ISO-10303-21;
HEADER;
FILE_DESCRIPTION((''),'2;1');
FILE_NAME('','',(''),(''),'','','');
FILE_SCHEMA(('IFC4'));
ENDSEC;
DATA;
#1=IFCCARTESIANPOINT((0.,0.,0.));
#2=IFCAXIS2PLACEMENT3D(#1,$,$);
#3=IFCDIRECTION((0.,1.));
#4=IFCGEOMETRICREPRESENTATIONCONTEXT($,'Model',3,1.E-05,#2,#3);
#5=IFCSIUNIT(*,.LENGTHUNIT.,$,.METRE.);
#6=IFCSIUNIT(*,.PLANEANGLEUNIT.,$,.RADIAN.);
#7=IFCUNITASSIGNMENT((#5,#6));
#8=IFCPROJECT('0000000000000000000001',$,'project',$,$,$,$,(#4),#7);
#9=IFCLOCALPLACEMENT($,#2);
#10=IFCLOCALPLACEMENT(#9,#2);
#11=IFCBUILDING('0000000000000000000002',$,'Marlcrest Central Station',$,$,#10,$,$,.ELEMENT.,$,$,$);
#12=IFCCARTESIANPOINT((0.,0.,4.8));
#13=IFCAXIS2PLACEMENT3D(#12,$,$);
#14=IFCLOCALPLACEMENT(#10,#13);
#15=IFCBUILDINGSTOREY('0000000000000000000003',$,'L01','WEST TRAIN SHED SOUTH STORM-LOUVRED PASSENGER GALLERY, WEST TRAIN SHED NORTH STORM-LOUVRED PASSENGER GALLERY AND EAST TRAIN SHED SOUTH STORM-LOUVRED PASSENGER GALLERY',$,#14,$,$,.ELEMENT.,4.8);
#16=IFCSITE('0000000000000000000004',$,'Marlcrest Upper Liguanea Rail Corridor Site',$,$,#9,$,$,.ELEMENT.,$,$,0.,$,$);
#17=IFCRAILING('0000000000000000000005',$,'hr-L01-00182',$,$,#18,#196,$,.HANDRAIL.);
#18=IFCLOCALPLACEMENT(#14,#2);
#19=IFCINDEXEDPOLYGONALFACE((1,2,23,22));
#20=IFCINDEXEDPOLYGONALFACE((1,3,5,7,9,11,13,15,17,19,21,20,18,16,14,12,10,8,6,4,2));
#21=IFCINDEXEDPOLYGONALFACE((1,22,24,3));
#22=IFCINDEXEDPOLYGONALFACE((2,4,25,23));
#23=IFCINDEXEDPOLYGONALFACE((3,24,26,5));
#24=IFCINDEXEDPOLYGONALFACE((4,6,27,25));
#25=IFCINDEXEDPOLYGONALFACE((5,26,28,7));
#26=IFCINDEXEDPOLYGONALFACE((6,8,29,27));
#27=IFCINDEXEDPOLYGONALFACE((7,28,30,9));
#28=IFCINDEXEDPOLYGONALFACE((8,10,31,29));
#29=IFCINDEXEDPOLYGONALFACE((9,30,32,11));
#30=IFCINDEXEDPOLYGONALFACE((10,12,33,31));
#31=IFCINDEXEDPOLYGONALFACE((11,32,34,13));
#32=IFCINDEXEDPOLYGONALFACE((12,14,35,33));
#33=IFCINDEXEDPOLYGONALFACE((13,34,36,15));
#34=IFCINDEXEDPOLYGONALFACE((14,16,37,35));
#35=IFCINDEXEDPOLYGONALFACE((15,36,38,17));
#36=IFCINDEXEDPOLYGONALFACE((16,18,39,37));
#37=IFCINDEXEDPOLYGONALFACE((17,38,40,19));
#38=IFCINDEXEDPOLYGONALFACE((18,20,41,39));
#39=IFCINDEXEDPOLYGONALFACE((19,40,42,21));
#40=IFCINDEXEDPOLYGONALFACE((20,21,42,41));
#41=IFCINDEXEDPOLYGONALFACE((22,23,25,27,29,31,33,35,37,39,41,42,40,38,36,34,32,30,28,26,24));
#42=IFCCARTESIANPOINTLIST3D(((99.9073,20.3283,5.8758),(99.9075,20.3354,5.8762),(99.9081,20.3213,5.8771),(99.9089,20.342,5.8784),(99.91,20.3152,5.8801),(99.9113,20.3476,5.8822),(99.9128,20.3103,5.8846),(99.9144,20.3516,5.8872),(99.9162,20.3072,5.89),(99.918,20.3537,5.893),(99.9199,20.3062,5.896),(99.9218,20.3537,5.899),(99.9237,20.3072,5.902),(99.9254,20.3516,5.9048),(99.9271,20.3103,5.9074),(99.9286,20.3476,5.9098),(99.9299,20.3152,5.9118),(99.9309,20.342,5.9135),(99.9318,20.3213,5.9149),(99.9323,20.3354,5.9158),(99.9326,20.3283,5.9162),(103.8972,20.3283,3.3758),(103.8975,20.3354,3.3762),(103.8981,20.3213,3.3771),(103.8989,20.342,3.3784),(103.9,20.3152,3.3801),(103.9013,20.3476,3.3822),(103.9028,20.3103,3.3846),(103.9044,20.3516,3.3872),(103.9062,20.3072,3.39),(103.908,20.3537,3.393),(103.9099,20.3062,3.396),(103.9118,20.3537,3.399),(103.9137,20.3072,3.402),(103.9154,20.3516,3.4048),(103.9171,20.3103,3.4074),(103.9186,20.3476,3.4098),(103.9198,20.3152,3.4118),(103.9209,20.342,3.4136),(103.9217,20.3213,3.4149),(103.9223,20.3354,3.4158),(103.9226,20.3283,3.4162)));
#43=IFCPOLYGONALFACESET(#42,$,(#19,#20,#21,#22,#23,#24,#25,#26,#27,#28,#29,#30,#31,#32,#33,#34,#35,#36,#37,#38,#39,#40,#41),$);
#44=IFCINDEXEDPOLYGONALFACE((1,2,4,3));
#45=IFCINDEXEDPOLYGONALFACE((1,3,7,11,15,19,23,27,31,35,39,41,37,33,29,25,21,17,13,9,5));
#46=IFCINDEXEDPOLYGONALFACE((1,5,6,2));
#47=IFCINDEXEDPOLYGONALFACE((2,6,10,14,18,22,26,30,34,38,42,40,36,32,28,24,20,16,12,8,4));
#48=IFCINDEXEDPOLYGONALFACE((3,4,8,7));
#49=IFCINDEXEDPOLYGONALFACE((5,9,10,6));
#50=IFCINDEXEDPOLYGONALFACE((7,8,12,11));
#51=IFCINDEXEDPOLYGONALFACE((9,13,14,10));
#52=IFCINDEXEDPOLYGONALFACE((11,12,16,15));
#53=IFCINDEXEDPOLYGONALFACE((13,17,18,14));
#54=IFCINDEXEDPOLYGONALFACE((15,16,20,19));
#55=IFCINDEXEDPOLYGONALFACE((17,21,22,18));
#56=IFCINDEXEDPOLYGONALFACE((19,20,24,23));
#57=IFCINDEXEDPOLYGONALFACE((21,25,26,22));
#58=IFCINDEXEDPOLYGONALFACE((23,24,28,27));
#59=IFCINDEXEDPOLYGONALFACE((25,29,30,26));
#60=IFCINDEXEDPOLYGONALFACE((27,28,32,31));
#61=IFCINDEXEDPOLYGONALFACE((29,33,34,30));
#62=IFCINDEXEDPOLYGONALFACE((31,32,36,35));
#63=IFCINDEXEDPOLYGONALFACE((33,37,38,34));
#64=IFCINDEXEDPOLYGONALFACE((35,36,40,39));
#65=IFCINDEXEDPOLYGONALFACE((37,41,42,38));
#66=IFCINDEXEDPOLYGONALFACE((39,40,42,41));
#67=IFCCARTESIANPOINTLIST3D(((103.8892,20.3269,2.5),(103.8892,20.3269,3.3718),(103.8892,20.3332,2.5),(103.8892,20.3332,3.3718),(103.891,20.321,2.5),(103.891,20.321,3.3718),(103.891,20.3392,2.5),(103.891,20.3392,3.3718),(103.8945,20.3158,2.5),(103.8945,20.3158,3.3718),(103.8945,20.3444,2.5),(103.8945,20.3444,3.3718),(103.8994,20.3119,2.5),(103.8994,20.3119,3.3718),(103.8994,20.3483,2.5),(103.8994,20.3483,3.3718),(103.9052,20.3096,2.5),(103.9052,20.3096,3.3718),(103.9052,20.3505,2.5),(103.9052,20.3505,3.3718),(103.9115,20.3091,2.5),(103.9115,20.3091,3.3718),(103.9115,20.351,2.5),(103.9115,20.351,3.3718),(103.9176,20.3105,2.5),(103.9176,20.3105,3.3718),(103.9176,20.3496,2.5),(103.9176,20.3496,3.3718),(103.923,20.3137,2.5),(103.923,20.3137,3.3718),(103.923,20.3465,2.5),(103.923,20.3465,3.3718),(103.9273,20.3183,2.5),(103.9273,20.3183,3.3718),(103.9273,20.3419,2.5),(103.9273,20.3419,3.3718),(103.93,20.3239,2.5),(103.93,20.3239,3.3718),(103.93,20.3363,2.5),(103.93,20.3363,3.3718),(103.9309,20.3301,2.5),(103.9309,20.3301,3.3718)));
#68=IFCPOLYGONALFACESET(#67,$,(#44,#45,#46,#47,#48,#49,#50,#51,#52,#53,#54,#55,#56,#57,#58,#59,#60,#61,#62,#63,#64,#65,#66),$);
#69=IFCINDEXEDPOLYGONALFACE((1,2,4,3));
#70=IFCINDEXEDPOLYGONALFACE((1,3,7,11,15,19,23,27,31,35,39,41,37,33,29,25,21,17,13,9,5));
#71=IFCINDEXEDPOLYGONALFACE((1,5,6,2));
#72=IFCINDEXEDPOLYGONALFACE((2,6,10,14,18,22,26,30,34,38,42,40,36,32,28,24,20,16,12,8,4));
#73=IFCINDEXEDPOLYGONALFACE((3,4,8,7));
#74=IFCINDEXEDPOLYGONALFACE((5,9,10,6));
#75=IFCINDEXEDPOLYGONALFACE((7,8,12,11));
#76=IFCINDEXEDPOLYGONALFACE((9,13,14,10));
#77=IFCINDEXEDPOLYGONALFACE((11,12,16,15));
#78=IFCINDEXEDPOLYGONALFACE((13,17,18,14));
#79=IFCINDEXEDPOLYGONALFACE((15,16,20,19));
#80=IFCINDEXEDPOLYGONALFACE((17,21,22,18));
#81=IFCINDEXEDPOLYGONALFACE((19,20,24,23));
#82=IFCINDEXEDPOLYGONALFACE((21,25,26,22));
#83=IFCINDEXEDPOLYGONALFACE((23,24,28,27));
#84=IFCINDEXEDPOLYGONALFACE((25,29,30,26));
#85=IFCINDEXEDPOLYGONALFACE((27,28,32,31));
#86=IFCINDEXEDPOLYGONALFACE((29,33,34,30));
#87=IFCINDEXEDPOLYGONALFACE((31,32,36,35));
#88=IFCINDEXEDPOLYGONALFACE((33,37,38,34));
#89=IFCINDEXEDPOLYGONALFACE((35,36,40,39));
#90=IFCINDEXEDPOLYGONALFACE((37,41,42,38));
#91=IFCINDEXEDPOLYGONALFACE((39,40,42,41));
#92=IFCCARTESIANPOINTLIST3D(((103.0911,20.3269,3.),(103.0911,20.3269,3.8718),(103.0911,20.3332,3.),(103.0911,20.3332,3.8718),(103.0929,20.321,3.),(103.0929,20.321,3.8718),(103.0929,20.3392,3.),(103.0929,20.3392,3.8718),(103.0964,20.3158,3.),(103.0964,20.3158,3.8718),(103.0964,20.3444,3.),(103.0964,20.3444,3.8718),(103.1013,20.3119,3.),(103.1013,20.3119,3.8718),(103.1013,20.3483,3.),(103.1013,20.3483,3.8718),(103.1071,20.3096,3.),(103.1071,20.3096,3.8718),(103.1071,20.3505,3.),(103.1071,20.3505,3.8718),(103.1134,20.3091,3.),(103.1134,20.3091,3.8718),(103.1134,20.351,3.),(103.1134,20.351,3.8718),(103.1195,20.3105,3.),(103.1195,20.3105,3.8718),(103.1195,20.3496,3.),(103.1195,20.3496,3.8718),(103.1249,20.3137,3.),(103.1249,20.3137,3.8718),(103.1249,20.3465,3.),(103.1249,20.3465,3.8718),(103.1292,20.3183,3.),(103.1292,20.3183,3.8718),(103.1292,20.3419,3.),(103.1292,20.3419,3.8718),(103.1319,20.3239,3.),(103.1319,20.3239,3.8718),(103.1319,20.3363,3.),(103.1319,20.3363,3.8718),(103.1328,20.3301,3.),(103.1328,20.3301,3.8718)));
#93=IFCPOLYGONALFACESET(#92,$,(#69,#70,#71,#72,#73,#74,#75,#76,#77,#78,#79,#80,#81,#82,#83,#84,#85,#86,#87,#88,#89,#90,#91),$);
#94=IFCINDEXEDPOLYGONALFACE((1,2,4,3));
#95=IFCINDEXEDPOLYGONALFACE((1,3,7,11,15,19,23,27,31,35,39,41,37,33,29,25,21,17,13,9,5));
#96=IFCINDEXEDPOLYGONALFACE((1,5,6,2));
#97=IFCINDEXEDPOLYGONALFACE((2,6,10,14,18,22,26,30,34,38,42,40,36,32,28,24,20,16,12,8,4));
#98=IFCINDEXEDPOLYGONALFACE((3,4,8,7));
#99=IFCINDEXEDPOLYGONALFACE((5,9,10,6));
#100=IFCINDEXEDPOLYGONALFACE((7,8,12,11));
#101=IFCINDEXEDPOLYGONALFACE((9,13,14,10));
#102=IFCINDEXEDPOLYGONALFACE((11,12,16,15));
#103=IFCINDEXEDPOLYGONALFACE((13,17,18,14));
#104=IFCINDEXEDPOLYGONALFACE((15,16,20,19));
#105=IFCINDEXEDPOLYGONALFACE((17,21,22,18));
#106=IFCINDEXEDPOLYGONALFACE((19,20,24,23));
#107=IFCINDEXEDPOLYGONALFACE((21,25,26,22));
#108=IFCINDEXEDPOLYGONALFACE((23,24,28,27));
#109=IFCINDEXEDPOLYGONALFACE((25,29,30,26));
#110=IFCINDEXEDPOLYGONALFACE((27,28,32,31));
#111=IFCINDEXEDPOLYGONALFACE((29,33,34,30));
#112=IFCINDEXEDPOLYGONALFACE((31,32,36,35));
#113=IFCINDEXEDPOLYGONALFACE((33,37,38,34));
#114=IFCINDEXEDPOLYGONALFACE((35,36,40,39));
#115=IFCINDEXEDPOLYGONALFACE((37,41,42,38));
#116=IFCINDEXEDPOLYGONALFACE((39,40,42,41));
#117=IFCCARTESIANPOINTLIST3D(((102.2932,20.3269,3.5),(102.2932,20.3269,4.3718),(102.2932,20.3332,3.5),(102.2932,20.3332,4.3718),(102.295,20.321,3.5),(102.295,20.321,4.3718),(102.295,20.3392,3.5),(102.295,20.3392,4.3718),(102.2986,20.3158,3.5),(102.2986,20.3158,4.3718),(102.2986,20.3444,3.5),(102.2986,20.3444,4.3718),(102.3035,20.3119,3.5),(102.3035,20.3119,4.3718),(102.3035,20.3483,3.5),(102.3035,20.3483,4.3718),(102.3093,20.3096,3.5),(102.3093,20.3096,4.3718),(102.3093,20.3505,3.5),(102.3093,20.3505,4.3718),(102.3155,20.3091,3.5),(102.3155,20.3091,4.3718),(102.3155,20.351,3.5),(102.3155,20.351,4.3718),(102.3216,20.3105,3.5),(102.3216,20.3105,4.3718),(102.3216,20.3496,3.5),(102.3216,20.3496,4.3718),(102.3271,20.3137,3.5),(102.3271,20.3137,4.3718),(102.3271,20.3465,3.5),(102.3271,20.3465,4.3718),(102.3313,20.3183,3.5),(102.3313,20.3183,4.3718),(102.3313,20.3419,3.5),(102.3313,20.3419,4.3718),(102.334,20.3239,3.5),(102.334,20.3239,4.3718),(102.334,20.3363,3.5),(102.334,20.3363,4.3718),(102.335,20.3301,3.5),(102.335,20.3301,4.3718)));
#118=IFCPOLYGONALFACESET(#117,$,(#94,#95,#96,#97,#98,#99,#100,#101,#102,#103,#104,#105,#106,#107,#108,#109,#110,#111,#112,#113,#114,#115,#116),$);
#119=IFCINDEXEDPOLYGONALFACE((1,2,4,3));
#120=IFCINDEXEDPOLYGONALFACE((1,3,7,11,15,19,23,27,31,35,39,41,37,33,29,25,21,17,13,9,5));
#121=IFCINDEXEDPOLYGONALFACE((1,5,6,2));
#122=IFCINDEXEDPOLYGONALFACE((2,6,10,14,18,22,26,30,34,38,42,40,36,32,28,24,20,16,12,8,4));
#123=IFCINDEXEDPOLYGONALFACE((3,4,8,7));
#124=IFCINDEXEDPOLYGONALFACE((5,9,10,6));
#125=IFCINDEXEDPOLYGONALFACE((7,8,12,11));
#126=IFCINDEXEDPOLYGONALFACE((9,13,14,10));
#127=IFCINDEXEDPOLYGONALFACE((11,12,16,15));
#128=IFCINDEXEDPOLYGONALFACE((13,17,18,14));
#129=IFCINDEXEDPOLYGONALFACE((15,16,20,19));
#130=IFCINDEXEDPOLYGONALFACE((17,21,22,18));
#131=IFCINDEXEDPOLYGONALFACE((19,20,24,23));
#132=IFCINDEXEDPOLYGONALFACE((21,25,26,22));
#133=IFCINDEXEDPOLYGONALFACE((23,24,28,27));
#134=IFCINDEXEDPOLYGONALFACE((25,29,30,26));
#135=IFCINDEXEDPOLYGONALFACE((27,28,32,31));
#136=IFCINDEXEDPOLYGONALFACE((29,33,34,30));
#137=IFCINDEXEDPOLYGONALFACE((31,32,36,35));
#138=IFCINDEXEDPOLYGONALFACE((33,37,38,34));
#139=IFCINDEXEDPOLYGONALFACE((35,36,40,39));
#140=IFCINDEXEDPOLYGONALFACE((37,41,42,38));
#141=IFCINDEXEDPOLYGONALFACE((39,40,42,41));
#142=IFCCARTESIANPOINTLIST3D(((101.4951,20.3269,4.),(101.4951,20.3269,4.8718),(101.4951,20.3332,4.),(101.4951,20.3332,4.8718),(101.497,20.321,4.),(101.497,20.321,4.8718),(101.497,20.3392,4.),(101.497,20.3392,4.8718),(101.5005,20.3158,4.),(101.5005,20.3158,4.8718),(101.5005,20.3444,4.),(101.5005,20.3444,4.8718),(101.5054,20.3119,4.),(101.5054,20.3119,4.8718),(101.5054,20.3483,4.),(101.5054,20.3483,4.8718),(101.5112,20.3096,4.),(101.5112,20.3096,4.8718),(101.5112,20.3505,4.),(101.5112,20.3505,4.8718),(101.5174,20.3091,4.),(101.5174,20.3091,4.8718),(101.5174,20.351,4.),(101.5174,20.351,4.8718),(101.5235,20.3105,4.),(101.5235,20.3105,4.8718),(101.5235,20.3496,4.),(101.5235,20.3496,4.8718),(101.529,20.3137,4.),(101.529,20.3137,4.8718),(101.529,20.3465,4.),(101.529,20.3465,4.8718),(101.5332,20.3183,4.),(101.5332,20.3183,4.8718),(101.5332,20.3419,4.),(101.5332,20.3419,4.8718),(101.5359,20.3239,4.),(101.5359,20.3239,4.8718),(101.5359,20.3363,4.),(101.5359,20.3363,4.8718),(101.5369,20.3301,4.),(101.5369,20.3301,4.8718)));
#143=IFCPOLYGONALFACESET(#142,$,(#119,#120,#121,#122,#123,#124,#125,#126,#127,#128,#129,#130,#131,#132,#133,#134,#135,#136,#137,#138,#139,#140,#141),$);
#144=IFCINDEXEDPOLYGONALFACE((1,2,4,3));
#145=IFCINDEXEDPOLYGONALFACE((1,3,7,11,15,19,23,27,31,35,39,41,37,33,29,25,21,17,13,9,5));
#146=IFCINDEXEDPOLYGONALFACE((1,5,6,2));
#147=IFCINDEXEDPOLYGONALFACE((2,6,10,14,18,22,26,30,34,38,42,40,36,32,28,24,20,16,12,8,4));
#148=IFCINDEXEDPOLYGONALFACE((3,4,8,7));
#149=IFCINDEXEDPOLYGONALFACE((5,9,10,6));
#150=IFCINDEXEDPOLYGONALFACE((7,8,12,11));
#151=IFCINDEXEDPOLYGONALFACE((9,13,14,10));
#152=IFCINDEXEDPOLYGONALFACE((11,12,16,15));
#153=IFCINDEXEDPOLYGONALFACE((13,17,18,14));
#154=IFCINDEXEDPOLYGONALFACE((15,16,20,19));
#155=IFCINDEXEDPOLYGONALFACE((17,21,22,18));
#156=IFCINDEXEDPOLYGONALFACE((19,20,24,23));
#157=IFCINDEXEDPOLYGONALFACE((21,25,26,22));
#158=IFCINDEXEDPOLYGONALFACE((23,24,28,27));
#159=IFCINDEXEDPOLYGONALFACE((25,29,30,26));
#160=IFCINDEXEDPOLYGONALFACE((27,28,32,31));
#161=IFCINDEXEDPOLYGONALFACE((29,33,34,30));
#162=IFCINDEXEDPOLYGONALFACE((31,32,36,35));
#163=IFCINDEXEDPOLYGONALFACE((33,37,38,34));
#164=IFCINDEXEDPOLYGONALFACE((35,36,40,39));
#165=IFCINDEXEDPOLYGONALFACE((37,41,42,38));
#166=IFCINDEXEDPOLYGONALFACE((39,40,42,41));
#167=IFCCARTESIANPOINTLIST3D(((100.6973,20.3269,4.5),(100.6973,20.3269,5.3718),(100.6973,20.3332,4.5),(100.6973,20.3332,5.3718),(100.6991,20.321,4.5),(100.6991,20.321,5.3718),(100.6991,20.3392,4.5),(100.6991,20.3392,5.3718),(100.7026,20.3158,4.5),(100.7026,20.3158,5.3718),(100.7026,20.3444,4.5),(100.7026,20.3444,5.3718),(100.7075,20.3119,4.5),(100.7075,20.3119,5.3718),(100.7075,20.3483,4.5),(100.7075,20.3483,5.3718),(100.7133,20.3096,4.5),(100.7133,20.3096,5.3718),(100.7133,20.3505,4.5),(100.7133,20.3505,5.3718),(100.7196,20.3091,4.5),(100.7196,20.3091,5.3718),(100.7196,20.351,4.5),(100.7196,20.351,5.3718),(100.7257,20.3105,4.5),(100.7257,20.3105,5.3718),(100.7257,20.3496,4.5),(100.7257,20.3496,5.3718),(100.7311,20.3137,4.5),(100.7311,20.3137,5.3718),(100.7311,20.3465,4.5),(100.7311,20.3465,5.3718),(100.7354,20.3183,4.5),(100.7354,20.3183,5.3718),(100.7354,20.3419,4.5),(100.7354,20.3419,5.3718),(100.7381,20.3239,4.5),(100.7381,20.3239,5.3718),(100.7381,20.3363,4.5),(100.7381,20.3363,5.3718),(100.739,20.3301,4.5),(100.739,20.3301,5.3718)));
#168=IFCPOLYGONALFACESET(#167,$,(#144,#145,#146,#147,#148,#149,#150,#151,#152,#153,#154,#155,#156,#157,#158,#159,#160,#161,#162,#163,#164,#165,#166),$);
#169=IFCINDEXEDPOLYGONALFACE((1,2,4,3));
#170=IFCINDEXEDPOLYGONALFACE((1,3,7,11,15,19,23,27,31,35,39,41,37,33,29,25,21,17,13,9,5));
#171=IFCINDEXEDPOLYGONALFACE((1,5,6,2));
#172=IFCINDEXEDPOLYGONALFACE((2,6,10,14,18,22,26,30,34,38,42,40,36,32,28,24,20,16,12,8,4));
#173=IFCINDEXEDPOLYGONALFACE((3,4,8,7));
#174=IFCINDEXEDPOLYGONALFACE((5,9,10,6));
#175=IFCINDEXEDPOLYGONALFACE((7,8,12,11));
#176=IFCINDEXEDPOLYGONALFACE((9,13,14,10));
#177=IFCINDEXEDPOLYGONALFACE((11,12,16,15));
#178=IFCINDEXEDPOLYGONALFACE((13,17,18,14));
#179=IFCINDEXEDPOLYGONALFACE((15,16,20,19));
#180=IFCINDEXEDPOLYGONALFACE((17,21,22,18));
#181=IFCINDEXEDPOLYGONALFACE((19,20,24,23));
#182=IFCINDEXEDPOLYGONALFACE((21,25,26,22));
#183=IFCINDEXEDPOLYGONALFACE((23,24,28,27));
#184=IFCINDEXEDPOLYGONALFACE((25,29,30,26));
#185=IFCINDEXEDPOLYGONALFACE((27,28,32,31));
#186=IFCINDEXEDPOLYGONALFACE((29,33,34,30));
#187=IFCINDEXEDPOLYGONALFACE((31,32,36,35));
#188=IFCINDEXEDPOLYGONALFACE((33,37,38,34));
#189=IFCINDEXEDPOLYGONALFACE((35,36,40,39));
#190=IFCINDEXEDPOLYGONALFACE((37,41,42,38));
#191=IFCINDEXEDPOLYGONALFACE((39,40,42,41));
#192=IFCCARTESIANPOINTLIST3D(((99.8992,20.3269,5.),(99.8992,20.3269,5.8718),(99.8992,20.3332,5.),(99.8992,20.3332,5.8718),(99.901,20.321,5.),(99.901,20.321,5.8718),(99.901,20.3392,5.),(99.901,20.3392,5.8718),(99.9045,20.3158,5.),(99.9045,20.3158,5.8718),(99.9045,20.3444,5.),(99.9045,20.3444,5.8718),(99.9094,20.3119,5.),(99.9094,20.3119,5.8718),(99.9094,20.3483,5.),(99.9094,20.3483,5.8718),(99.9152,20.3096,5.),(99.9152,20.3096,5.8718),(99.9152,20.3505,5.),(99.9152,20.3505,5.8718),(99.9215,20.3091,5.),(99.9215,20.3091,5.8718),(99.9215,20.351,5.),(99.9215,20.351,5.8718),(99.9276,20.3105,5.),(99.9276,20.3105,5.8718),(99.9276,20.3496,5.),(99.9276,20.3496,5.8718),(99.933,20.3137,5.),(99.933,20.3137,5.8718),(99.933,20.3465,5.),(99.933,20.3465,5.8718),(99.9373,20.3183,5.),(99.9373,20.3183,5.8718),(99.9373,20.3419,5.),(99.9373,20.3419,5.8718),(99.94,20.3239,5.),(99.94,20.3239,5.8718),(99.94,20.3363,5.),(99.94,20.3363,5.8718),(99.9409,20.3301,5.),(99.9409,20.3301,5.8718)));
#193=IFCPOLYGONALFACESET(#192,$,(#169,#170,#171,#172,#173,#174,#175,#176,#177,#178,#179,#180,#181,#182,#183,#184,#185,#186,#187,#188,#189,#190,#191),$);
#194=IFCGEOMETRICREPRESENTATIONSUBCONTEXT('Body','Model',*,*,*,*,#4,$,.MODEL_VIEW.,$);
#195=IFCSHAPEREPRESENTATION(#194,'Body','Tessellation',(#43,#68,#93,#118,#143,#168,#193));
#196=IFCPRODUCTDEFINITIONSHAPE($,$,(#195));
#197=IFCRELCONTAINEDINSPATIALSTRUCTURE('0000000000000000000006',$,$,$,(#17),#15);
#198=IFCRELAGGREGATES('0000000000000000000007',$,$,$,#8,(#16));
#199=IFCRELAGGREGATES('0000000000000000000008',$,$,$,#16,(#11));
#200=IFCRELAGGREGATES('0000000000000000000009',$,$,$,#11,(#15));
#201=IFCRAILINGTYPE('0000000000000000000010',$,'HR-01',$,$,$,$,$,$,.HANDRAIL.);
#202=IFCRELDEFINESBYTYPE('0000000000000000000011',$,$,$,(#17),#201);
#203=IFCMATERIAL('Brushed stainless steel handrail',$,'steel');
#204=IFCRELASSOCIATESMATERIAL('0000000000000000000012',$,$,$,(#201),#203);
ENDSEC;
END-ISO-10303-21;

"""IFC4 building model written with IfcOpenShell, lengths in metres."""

from ifc_helpers import new_model, si_unit, direction, frame, origin, origin_2d, place, context, subcontext, project, spatial, circle, extrude, material, type_object, element, save


model = new_model("IFC4")

# Units and contexts
model_context = context("Model", 3, precision=1e-05, world=origin(), true_north=direction((0.0, 1.0)))
body_context = subcontext(model_context, "Body", "Model", "MODEL_VIEW")
ifc_project = project(units=[si_unit("LENGTHUNIT", "METRE"), si_unit("PLANEANGLEUNIT", "RADIAN")], contexts=[model_context])

# Site, building, storey
site_placement = place(None, origin())
site = spatial("IfcSite", under=ifc_project, at=site_placement, Name="Marlcrest Upper Liguanea Rail Corridor Site", CompositionType="ELEMENT", RefElevation=0.0)
building_placement = place(site_placement, origin())
building = spatial("IfcBuilding", under=site, at=building_placement, Name="Marlcrest Central Station", CompositionType="ELEMENT")
storey_placement = place(building_placement, frame((0.0, 0.0, 4.8)))
storey = spatial("IfcBuildingStorey", under=building, at=storey_placement, Name="L01", Description="WEST TRAIN SHED SOUTH STORM-LOUVRED PASSENGER GALLERY, WEST TRAIN SHED NORTH STORM-LOUVRED PASSENGER GALLERY AND EAST TRAIN SHED SOUTH STORM-LOUVRED PASSENGER GALLERY", CompositionType="ELEMENT", Elevation=4.8)

# Railing
ifc_material_1 = material(Name="Brushed stainless steel handrail", Category="steel")
railing_type_1 = type_object("IfcRailingType", Name="HR-01", PredefinedType="HANDRAIL", material=ifc_material_1)
railing_1_placement = place(storey_placement, frame((103.9099, 20.3301, 2.5)))
element("IfcRailing", 1, at=railing_1_placement, inside=storey, type_object=railing_type_1, Name="hr-L01-00182", PredefinedType="HANDRAIL", context=body_context, shape_type="SweptSolid", body=[
    extrude(circle(Radius=0.0239, at=origin_2d()), frame((0.0, 0.0, 0.896), z_axis=(-0.847401, 0.0, 0.530954), x_axis=(0.0, -1.0, 0.0)), (0.0, 0.0, 1.0), 4.7085),
    extrude(circle(Radius=0.021, at=origin_2d()), origin(), (0.0, 0.0, 1.0), 0.8718),
    extrude(circle(Radius=0.021, at=origin_2d()), frame((-0.7981, 0.0, 0.5)), (0.0, 0.0, 1.0), 0.8718),
    extrude(circle(Radius=0.021, at=origin_2d()), frame((-1.5959, 0.0, 1.0)), (0.0, 0.0, 1.0), 0.8718),
    extrude(circle(Radius=0.021, at=origin_2d()), frame((-2.394, 0.0, 1.5)), (0.0, 0.0, 1.0), 0.8718),
    extrude(circle(Radius=0.021, at=origin_2d()), frame((-3.1919, 0.0, 2.0)), (0.0, 0.0, 1.0), 0.8718),
    extrude(circle(Radius=0.021, at=origin_2d()), frame((-3.99, 0.0, 2.5)), (0.0, 0.0, 1.0), 0.8718),
])

save(model, "model.ifc")
